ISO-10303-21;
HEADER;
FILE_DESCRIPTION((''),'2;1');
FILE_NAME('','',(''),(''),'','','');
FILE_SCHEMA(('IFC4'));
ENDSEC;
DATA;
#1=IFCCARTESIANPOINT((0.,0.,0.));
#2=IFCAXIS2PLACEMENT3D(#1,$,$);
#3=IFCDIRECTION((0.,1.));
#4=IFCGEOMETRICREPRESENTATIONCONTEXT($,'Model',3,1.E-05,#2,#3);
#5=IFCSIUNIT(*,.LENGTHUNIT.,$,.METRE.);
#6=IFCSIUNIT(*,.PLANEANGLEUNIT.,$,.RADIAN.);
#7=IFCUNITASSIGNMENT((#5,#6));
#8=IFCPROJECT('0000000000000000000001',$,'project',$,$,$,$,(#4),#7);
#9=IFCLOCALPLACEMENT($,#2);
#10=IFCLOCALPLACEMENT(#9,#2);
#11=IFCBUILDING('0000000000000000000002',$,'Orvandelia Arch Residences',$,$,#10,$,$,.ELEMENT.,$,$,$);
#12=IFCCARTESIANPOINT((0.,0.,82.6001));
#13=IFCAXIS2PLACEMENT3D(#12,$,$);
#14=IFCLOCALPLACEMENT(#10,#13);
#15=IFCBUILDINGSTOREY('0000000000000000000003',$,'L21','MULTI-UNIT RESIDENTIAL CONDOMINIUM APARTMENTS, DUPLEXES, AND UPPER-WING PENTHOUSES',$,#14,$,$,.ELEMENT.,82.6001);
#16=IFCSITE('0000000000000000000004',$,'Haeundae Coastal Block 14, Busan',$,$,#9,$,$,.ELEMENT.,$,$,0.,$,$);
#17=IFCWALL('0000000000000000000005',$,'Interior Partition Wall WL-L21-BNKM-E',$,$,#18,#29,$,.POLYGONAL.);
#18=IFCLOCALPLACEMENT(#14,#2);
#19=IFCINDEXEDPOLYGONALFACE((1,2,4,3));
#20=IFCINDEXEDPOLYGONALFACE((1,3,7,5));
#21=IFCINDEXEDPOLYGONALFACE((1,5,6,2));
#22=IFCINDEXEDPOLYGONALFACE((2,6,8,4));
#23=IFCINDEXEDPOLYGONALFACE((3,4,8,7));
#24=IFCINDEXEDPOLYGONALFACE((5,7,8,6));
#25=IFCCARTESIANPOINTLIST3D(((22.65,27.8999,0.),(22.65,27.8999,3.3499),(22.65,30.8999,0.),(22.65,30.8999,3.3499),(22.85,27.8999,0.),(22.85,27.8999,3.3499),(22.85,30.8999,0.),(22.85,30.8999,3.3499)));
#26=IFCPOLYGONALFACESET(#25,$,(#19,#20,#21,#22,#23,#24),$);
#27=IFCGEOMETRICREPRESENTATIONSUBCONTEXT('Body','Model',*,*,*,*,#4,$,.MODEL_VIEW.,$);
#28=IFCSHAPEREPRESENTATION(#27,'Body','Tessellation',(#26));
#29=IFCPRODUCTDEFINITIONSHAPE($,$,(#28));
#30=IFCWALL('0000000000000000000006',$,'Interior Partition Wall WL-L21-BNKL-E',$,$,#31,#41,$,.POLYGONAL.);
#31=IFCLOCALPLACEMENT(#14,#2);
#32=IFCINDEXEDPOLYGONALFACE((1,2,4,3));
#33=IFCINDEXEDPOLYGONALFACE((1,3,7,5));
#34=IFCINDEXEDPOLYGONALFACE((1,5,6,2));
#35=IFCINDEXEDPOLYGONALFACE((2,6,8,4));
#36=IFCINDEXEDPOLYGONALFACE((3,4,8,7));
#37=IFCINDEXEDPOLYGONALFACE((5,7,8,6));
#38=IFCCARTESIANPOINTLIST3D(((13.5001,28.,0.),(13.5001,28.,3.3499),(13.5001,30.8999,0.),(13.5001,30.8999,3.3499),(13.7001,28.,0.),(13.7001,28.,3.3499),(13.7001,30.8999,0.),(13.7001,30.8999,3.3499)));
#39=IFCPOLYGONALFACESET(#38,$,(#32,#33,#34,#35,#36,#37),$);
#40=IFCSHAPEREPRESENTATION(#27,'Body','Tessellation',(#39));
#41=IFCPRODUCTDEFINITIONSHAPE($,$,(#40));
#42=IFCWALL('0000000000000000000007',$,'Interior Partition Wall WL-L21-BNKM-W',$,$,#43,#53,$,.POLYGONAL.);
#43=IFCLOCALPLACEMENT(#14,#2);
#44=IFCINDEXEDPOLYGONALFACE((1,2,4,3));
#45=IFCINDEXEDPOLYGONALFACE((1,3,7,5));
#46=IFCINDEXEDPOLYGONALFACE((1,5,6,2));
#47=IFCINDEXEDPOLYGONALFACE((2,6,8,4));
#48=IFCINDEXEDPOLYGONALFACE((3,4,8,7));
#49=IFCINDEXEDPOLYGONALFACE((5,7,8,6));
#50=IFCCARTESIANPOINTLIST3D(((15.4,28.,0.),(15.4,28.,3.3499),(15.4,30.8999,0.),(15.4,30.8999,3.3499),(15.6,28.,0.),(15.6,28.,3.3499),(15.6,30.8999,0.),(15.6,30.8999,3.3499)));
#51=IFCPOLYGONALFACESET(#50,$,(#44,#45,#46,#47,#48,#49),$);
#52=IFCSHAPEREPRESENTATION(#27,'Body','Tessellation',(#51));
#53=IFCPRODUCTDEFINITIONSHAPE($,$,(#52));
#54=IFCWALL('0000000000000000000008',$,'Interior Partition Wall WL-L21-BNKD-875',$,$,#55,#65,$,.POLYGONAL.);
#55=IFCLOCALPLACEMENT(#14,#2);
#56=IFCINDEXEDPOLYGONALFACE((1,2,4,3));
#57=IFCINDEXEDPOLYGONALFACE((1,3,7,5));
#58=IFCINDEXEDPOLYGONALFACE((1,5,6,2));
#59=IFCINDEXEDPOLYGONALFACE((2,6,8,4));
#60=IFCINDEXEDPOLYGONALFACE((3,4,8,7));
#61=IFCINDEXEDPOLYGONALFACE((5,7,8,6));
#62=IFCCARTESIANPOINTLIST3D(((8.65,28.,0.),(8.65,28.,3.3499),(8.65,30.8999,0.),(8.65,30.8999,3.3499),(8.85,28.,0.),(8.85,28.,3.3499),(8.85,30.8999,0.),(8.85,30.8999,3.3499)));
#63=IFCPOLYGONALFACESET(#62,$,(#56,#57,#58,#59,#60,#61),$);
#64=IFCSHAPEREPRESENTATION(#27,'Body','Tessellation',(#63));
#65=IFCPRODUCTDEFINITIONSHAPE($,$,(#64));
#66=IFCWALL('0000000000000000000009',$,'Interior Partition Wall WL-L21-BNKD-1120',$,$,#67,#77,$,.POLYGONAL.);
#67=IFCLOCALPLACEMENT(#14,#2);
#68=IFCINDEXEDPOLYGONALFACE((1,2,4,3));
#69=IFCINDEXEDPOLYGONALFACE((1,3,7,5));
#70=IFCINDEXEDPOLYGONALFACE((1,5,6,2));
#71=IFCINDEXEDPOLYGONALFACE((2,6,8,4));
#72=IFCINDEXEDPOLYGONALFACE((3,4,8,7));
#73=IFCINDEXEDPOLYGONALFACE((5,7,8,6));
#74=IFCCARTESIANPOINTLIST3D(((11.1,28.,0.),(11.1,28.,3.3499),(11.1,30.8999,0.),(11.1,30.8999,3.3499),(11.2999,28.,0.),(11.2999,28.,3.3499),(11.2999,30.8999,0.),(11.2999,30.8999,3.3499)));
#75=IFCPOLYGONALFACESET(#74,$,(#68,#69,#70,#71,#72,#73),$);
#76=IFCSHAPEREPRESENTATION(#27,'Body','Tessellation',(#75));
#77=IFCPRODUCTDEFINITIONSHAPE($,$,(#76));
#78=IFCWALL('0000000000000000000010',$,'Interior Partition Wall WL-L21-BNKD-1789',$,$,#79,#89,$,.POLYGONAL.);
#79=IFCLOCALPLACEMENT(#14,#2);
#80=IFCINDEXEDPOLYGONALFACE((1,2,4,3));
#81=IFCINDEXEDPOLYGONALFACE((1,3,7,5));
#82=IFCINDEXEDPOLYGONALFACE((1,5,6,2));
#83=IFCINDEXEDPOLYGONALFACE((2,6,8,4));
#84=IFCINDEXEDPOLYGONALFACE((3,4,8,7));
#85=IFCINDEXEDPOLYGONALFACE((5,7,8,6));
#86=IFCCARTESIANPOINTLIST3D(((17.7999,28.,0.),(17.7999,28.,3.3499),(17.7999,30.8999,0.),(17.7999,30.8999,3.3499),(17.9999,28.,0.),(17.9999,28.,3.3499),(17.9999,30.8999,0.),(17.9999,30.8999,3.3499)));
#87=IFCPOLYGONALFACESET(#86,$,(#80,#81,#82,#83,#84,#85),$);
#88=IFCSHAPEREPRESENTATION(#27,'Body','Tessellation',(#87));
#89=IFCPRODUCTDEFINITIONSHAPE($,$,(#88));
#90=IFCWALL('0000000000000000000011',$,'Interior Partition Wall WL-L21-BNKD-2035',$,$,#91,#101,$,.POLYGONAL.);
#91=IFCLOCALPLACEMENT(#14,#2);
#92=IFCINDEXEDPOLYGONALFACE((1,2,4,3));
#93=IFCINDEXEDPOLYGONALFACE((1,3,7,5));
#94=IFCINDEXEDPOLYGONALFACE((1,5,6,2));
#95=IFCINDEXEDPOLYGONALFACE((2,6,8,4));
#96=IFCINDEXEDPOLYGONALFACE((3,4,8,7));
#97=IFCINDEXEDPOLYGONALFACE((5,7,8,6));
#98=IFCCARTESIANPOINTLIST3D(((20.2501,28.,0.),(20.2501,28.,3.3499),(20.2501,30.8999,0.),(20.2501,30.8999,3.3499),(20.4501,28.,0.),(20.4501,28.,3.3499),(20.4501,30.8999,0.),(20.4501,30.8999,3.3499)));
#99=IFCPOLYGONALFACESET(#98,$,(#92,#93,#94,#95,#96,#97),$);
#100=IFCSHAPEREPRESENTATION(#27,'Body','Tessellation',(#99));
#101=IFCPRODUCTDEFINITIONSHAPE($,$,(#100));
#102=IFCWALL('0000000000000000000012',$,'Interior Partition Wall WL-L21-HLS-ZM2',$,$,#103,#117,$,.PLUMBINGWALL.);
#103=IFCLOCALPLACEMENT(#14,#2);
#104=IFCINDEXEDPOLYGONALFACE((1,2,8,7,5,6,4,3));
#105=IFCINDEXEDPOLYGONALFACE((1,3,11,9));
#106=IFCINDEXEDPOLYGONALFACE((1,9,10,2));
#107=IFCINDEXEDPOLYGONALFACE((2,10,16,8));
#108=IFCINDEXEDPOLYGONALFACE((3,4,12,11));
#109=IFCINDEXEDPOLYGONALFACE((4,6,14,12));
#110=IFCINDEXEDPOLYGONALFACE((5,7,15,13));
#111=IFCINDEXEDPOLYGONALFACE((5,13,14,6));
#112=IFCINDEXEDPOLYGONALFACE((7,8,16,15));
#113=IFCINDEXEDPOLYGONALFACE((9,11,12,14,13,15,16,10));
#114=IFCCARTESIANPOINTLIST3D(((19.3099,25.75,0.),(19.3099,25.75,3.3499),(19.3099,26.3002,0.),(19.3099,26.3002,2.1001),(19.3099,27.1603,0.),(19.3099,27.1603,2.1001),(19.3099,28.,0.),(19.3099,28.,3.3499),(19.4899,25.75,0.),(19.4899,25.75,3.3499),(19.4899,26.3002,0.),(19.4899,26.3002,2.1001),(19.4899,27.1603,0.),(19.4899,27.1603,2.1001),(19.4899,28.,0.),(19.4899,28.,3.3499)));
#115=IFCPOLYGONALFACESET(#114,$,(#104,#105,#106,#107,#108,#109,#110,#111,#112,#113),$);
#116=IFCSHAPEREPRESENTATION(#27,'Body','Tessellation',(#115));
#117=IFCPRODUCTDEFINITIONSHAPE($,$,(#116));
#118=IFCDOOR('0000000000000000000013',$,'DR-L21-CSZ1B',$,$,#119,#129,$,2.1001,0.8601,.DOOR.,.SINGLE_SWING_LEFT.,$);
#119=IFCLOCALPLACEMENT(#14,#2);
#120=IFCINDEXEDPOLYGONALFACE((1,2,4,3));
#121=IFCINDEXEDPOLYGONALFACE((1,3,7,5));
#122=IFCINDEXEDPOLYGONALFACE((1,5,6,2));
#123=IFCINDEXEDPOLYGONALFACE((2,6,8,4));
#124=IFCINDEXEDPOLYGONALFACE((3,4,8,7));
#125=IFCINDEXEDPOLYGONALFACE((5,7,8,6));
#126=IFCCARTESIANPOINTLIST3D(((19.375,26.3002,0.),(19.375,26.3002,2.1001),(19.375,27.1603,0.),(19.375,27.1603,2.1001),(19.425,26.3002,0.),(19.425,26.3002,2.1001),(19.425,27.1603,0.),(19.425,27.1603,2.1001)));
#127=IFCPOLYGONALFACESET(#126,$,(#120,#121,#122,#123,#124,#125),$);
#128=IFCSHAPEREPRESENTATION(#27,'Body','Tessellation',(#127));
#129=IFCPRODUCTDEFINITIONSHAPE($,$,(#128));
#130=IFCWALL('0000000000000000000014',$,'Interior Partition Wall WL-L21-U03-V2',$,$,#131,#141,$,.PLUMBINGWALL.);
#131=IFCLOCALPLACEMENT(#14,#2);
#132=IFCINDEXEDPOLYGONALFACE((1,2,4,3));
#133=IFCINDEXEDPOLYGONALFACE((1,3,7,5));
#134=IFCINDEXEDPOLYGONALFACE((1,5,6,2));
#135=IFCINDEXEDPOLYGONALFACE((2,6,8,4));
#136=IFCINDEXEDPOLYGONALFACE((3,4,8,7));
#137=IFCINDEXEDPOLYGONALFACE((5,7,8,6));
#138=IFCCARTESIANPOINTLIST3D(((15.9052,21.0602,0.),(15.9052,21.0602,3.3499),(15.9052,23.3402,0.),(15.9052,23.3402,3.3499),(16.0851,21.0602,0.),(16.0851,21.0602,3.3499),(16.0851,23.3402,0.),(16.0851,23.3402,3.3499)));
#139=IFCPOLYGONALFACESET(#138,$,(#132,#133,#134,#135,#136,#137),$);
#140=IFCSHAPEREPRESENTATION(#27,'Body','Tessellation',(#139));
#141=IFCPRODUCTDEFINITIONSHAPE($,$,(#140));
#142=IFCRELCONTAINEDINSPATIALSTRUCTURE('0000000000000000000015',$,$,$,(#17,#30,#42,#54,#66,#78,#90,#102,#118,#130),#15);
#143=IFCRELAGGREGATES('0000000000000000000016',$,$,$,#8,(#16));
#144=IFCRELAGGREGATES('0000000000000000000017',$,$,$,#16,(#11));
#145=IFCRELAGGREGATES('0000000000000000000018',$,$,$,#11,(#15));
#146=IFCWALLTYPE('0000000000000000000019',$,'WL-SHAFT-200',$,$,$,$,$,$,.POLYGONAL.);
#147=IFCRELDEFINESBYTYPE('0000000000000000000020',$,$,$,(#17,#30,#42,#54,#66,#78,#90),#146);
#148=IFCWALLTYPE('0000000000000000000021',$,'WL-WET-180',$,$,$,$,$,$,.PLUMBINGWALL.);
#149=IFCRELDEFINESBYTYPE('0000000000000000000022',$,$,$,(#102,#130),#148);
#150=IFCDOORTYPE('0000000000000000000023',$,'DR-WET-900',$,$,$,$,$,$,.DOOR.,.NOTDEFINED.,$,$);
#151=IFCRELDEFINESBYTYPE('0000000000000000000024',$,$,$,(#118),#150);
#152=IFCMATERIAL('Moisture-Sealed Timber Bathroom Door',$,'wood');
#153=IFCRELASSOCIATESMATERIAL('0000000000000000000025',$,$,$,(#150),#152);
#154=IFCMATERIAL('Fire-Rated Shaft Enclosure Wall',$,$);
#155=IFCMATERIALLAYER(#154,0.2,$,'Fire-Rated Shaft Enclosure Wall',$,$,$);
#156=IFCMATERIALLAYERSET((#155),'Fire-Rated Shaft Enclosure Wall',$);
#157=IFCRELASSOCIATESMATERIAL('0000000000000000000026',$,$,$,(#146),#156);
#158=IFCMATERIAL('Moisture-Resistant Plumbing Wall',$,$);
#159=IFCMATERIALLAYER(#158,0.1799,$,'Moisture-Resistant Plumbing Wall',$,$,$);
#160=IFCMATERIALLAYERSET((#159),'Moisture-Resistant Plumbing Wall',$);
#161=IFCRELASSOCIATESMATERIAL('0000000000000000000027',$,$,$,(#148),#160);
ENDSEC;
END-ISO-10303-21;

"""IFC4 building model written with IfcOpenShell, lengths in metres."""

from ifc_helpers import new_model, si_unit, direction, frame, frame_2d, origin, place, context, subcontext, project, spatial, rectangle, extrude, material, layer, layer_set, type_object, element, fill, save


model = new_model("IFC4")

# Units and contexts
model_context = context("Model", 3, precision=1e-05, world=origin(), true_north=direction((0.0, 1.0)))
body_context = subcontext(model_context, "Body", "Model", "MODEL_VIEW")
ifc_project = project(units=[si_unit("LENGTHUNIT", "METRE"), si_unit("PLANEANGLEUNIT", "RADIAN")], contexts=[model_context])

# Site, building, storey
site_placement = place(None, origin())
site = spatial("IfcSite", under=ifc_project, at=site_placement, Name="Haeundae Coastal Block 14, Busan", CompositionType="ELEMENT", RefElevation=0.0)
building_placement = place(site_placement, origin())
building = spatial("IfcBuilding", under=site, at=building_placement, Name="Orvandelia Arch Residences", CompositionType="ELEMENT")
storey_placement = place(building_placement, frame((0.0, 0.0, 82.6001)))
storey = spatial("IfcBuildingStorey", under=building, at=storey_placement, Name="L21", Description="MULTI-UNIT RESIDENTIAL CONDOMINIUM APARTMENTS, DUPLEXES, AND UPPER-WING PENTHOUSES", CompositionType="ELEMENT", Elevation=82.6001)

# Shared definitions
ifc_material_1 = material(Name="Moisture-Sealed Timber Bathroom Door", Category="wood")
door_type_1 = type_object("IfcDoorType", Name="DR-WET-900", OperationType="NOTDEFINED", PredefinedType="DOOR", material=ifc_material_1)

# Shared definitions
ifc_material_2 = material(Name="Fire-Rated Shaft Enclosure Wall")
ifc_layer_1 = layer(ifc_material_2, 0.2, Name="Fire-Rated Shaft Enclosure Wall")
ifc_layer_set_1 = layer_set([ifc_layer_1], Name="Fire-Rated Shaft Enclosure Wall")
wall_type_1 = type_object("IfcWallType", Name="WL-SHAFT-200", PredefinedType="POLYGONAL", material=ifc_layer_set_1)

# Walls
wall_1_placement = place(storey_placement, frame((22.75, 27.8999, 0.0), z_axis=(0.0, 0.0, 1.0), x_axis=(0.0, 1.0, 0.0)))
element("IfcWall", 1, at=wall_1_placement, inside=storey, type_object=wall_type_1, Name="Interior Partition Wall WL-L21-BNKM-E", PredefinedType="POLYGONAL", context=body_context, shape_type="SweptSolid", body=[
    extrude(rectangle(XDim=3.0, YDim=0.2, at=frame_2d((1.5, 0.0))), origin(), (0.0, 0.0, 1.0), 3.3499),
])
for number, where, z_axis, x_axis, name in (
    (2, (13.6001, 28.0, 0.0), (0.0, 0.0, 1.0), (0.0, 1.0, 0.0), "Interior Partition Wall WL-L21-BNKL-E"),
    (3, (15.5, 28.0, 0.0), (0.0, 0.0, 1.0), (0.0, 1.0, 0.0), "Interior Partition Wall WL-L21-BNKM-W"),
    (4, (8.75, 28.0, 0.0), (0.0, 0.0, 1.0), (0.0, 1.0, 0.0), "Interior Partition Wall WL-L21-BNKD-875"),
    (5, (11.2, 28.0, 0.0), (0.0, 0.0, 1.0), (0.0, 1.0, 0.0), "Interior Partition Wall WL-L21-BNKD-1120"),
    (6, (17.8999, 28.0, 0.0), (0.0, 0.0, 1.0), (0.0, 1.0, 0.0), "Interior Partition Wall WL-L21-BNKD-1789"),
    (7, (20.3501, 28.0, 0.0), (0.0, 0.0, 1.0), (0.0, 1.0, 0.0), "Interior Partition Wall WL-L21-BNKD-2035"),
):
    element("IfcWall", number, at=place(storey_placement, frame(where, z_axis=z_axis, x_axis=x_axis)), inside=storey, type_object=wall_type_1, Name=name, PredefinedType="POLYGONAL", context=body_context, shape_type="SweptSolid", body=[
        extrude(rectangle(XDim=2.8999, YDim=0.2, at=frame_2d((1.45, 0.0))), origin(), (0.0, 0.0, 1.0), 3.3499),
    ])

# Wall, opening, door
ifc_material_3 = material(Name="Moisture-Resistant Plumbing Wall")
ifc_layer_2 = layer(ifc_material_3, 0.1799, Name="Moisture-Resistant Plumbing Wall")
ifc_layer_set_2 = layer_set([ifc_layer_2], Name="Moisture-Resistant Plumbing Wall")
wall_type_2 = type_object("IfcWallType", Name="WL-WET-180", PredefinedType="PLUMBINGWALL", material=ifc_layer_set_2)
wall_2_placement = place(storey_placement, frame((19.3999, 25.75, 0.0), z_axis=(0.0, 0.0, 1.0), x_axis=(0.0, 1.0, 0.0)))
wall_2 = element("IfcWall", 8, at=wall_2_placement, inside=storey, type_object=wall_type_2, Name="Interior Partition Wall WL-L21-HLS-ZM2", PredefinedType="PLUMBINGWALL", context=body_context, shape_type="SweptSolid", body=[
    extrude(rectangle(XDim=2.25, YDim=0.1799, at=frame_2d((1.125, 0.0))), origin(), (0.0, 0.0, 1.0), 3.3499),
])
opening_1_placement = place(wall_2_placement, frame((0.55, 0.0, 0.0)))
opening_1 = element("IfcOpeningElement", 9, at=opening_1_placement, cuts=wall_2, PredefinedType="OPENING", context=body_context, shape_type="SweptSolid", body=[
    extrude(rectangle(XDim=0.8601, YDim=2.1001, at=frame_2d((0.4302, 1.05))), frame((0.0, 0.1001, 0.0), z_axis=(0.0, -1.0, 0.0), x_axis=(1.0, 0.0, 0.0)), (0.0, 0.0, 1.0), 0.2),
])
door_1_placement = place(opening_1_placement, origin())
door_1 = element("IfcDoor", 10, at=door_1_placement, inside=storey, type_object=door_type_1, Name="DR-L21-CSZ1B", OperationType="SINGLE_SWING_LEFT", OverallHeight=2.1001, OverallWidth=0.8601, PredefinedType="DOOR", context=body_context, shape_type="SweptSolid", body=[
    extrude(rectangle(XDim=0.8601, YDim=2.1001, at=frame_2d((0.4302, 1.05))), frame((0.0, 0.0249, 0.0), z_axis=(0.0, -1.0, 0.0), x_axis=(1.0, 0.0, 0.0)), (0.0, 0.0, 1.0), 0.05),
])
fill(opening_1, door_1)

# Wall
wall_3_placement = place(storey_placement, frame((15.9951, 21.0601, 0.0), z_axis=(0.0, 0.0, 1.0), x_axis=(0.0, 1.0, 0.0)))
element("IfcWall", 11, at=wall_3_placement, inside=storey, type_object=wall_type_2, Name="Interior Partition Wall WL-L21-U03-V2", PredefinedType="PLUMBINGWALL", context=body_context, shape_type="SweptSolid", body=[
    extrude(rectangle(XDim=2.28, YDim=0.1799, at=frame_2d((1.1401, 0.0))), origin(), (0.0, 0.0, 1.0), 3.3499),
])

save(model, "model.ifc")
